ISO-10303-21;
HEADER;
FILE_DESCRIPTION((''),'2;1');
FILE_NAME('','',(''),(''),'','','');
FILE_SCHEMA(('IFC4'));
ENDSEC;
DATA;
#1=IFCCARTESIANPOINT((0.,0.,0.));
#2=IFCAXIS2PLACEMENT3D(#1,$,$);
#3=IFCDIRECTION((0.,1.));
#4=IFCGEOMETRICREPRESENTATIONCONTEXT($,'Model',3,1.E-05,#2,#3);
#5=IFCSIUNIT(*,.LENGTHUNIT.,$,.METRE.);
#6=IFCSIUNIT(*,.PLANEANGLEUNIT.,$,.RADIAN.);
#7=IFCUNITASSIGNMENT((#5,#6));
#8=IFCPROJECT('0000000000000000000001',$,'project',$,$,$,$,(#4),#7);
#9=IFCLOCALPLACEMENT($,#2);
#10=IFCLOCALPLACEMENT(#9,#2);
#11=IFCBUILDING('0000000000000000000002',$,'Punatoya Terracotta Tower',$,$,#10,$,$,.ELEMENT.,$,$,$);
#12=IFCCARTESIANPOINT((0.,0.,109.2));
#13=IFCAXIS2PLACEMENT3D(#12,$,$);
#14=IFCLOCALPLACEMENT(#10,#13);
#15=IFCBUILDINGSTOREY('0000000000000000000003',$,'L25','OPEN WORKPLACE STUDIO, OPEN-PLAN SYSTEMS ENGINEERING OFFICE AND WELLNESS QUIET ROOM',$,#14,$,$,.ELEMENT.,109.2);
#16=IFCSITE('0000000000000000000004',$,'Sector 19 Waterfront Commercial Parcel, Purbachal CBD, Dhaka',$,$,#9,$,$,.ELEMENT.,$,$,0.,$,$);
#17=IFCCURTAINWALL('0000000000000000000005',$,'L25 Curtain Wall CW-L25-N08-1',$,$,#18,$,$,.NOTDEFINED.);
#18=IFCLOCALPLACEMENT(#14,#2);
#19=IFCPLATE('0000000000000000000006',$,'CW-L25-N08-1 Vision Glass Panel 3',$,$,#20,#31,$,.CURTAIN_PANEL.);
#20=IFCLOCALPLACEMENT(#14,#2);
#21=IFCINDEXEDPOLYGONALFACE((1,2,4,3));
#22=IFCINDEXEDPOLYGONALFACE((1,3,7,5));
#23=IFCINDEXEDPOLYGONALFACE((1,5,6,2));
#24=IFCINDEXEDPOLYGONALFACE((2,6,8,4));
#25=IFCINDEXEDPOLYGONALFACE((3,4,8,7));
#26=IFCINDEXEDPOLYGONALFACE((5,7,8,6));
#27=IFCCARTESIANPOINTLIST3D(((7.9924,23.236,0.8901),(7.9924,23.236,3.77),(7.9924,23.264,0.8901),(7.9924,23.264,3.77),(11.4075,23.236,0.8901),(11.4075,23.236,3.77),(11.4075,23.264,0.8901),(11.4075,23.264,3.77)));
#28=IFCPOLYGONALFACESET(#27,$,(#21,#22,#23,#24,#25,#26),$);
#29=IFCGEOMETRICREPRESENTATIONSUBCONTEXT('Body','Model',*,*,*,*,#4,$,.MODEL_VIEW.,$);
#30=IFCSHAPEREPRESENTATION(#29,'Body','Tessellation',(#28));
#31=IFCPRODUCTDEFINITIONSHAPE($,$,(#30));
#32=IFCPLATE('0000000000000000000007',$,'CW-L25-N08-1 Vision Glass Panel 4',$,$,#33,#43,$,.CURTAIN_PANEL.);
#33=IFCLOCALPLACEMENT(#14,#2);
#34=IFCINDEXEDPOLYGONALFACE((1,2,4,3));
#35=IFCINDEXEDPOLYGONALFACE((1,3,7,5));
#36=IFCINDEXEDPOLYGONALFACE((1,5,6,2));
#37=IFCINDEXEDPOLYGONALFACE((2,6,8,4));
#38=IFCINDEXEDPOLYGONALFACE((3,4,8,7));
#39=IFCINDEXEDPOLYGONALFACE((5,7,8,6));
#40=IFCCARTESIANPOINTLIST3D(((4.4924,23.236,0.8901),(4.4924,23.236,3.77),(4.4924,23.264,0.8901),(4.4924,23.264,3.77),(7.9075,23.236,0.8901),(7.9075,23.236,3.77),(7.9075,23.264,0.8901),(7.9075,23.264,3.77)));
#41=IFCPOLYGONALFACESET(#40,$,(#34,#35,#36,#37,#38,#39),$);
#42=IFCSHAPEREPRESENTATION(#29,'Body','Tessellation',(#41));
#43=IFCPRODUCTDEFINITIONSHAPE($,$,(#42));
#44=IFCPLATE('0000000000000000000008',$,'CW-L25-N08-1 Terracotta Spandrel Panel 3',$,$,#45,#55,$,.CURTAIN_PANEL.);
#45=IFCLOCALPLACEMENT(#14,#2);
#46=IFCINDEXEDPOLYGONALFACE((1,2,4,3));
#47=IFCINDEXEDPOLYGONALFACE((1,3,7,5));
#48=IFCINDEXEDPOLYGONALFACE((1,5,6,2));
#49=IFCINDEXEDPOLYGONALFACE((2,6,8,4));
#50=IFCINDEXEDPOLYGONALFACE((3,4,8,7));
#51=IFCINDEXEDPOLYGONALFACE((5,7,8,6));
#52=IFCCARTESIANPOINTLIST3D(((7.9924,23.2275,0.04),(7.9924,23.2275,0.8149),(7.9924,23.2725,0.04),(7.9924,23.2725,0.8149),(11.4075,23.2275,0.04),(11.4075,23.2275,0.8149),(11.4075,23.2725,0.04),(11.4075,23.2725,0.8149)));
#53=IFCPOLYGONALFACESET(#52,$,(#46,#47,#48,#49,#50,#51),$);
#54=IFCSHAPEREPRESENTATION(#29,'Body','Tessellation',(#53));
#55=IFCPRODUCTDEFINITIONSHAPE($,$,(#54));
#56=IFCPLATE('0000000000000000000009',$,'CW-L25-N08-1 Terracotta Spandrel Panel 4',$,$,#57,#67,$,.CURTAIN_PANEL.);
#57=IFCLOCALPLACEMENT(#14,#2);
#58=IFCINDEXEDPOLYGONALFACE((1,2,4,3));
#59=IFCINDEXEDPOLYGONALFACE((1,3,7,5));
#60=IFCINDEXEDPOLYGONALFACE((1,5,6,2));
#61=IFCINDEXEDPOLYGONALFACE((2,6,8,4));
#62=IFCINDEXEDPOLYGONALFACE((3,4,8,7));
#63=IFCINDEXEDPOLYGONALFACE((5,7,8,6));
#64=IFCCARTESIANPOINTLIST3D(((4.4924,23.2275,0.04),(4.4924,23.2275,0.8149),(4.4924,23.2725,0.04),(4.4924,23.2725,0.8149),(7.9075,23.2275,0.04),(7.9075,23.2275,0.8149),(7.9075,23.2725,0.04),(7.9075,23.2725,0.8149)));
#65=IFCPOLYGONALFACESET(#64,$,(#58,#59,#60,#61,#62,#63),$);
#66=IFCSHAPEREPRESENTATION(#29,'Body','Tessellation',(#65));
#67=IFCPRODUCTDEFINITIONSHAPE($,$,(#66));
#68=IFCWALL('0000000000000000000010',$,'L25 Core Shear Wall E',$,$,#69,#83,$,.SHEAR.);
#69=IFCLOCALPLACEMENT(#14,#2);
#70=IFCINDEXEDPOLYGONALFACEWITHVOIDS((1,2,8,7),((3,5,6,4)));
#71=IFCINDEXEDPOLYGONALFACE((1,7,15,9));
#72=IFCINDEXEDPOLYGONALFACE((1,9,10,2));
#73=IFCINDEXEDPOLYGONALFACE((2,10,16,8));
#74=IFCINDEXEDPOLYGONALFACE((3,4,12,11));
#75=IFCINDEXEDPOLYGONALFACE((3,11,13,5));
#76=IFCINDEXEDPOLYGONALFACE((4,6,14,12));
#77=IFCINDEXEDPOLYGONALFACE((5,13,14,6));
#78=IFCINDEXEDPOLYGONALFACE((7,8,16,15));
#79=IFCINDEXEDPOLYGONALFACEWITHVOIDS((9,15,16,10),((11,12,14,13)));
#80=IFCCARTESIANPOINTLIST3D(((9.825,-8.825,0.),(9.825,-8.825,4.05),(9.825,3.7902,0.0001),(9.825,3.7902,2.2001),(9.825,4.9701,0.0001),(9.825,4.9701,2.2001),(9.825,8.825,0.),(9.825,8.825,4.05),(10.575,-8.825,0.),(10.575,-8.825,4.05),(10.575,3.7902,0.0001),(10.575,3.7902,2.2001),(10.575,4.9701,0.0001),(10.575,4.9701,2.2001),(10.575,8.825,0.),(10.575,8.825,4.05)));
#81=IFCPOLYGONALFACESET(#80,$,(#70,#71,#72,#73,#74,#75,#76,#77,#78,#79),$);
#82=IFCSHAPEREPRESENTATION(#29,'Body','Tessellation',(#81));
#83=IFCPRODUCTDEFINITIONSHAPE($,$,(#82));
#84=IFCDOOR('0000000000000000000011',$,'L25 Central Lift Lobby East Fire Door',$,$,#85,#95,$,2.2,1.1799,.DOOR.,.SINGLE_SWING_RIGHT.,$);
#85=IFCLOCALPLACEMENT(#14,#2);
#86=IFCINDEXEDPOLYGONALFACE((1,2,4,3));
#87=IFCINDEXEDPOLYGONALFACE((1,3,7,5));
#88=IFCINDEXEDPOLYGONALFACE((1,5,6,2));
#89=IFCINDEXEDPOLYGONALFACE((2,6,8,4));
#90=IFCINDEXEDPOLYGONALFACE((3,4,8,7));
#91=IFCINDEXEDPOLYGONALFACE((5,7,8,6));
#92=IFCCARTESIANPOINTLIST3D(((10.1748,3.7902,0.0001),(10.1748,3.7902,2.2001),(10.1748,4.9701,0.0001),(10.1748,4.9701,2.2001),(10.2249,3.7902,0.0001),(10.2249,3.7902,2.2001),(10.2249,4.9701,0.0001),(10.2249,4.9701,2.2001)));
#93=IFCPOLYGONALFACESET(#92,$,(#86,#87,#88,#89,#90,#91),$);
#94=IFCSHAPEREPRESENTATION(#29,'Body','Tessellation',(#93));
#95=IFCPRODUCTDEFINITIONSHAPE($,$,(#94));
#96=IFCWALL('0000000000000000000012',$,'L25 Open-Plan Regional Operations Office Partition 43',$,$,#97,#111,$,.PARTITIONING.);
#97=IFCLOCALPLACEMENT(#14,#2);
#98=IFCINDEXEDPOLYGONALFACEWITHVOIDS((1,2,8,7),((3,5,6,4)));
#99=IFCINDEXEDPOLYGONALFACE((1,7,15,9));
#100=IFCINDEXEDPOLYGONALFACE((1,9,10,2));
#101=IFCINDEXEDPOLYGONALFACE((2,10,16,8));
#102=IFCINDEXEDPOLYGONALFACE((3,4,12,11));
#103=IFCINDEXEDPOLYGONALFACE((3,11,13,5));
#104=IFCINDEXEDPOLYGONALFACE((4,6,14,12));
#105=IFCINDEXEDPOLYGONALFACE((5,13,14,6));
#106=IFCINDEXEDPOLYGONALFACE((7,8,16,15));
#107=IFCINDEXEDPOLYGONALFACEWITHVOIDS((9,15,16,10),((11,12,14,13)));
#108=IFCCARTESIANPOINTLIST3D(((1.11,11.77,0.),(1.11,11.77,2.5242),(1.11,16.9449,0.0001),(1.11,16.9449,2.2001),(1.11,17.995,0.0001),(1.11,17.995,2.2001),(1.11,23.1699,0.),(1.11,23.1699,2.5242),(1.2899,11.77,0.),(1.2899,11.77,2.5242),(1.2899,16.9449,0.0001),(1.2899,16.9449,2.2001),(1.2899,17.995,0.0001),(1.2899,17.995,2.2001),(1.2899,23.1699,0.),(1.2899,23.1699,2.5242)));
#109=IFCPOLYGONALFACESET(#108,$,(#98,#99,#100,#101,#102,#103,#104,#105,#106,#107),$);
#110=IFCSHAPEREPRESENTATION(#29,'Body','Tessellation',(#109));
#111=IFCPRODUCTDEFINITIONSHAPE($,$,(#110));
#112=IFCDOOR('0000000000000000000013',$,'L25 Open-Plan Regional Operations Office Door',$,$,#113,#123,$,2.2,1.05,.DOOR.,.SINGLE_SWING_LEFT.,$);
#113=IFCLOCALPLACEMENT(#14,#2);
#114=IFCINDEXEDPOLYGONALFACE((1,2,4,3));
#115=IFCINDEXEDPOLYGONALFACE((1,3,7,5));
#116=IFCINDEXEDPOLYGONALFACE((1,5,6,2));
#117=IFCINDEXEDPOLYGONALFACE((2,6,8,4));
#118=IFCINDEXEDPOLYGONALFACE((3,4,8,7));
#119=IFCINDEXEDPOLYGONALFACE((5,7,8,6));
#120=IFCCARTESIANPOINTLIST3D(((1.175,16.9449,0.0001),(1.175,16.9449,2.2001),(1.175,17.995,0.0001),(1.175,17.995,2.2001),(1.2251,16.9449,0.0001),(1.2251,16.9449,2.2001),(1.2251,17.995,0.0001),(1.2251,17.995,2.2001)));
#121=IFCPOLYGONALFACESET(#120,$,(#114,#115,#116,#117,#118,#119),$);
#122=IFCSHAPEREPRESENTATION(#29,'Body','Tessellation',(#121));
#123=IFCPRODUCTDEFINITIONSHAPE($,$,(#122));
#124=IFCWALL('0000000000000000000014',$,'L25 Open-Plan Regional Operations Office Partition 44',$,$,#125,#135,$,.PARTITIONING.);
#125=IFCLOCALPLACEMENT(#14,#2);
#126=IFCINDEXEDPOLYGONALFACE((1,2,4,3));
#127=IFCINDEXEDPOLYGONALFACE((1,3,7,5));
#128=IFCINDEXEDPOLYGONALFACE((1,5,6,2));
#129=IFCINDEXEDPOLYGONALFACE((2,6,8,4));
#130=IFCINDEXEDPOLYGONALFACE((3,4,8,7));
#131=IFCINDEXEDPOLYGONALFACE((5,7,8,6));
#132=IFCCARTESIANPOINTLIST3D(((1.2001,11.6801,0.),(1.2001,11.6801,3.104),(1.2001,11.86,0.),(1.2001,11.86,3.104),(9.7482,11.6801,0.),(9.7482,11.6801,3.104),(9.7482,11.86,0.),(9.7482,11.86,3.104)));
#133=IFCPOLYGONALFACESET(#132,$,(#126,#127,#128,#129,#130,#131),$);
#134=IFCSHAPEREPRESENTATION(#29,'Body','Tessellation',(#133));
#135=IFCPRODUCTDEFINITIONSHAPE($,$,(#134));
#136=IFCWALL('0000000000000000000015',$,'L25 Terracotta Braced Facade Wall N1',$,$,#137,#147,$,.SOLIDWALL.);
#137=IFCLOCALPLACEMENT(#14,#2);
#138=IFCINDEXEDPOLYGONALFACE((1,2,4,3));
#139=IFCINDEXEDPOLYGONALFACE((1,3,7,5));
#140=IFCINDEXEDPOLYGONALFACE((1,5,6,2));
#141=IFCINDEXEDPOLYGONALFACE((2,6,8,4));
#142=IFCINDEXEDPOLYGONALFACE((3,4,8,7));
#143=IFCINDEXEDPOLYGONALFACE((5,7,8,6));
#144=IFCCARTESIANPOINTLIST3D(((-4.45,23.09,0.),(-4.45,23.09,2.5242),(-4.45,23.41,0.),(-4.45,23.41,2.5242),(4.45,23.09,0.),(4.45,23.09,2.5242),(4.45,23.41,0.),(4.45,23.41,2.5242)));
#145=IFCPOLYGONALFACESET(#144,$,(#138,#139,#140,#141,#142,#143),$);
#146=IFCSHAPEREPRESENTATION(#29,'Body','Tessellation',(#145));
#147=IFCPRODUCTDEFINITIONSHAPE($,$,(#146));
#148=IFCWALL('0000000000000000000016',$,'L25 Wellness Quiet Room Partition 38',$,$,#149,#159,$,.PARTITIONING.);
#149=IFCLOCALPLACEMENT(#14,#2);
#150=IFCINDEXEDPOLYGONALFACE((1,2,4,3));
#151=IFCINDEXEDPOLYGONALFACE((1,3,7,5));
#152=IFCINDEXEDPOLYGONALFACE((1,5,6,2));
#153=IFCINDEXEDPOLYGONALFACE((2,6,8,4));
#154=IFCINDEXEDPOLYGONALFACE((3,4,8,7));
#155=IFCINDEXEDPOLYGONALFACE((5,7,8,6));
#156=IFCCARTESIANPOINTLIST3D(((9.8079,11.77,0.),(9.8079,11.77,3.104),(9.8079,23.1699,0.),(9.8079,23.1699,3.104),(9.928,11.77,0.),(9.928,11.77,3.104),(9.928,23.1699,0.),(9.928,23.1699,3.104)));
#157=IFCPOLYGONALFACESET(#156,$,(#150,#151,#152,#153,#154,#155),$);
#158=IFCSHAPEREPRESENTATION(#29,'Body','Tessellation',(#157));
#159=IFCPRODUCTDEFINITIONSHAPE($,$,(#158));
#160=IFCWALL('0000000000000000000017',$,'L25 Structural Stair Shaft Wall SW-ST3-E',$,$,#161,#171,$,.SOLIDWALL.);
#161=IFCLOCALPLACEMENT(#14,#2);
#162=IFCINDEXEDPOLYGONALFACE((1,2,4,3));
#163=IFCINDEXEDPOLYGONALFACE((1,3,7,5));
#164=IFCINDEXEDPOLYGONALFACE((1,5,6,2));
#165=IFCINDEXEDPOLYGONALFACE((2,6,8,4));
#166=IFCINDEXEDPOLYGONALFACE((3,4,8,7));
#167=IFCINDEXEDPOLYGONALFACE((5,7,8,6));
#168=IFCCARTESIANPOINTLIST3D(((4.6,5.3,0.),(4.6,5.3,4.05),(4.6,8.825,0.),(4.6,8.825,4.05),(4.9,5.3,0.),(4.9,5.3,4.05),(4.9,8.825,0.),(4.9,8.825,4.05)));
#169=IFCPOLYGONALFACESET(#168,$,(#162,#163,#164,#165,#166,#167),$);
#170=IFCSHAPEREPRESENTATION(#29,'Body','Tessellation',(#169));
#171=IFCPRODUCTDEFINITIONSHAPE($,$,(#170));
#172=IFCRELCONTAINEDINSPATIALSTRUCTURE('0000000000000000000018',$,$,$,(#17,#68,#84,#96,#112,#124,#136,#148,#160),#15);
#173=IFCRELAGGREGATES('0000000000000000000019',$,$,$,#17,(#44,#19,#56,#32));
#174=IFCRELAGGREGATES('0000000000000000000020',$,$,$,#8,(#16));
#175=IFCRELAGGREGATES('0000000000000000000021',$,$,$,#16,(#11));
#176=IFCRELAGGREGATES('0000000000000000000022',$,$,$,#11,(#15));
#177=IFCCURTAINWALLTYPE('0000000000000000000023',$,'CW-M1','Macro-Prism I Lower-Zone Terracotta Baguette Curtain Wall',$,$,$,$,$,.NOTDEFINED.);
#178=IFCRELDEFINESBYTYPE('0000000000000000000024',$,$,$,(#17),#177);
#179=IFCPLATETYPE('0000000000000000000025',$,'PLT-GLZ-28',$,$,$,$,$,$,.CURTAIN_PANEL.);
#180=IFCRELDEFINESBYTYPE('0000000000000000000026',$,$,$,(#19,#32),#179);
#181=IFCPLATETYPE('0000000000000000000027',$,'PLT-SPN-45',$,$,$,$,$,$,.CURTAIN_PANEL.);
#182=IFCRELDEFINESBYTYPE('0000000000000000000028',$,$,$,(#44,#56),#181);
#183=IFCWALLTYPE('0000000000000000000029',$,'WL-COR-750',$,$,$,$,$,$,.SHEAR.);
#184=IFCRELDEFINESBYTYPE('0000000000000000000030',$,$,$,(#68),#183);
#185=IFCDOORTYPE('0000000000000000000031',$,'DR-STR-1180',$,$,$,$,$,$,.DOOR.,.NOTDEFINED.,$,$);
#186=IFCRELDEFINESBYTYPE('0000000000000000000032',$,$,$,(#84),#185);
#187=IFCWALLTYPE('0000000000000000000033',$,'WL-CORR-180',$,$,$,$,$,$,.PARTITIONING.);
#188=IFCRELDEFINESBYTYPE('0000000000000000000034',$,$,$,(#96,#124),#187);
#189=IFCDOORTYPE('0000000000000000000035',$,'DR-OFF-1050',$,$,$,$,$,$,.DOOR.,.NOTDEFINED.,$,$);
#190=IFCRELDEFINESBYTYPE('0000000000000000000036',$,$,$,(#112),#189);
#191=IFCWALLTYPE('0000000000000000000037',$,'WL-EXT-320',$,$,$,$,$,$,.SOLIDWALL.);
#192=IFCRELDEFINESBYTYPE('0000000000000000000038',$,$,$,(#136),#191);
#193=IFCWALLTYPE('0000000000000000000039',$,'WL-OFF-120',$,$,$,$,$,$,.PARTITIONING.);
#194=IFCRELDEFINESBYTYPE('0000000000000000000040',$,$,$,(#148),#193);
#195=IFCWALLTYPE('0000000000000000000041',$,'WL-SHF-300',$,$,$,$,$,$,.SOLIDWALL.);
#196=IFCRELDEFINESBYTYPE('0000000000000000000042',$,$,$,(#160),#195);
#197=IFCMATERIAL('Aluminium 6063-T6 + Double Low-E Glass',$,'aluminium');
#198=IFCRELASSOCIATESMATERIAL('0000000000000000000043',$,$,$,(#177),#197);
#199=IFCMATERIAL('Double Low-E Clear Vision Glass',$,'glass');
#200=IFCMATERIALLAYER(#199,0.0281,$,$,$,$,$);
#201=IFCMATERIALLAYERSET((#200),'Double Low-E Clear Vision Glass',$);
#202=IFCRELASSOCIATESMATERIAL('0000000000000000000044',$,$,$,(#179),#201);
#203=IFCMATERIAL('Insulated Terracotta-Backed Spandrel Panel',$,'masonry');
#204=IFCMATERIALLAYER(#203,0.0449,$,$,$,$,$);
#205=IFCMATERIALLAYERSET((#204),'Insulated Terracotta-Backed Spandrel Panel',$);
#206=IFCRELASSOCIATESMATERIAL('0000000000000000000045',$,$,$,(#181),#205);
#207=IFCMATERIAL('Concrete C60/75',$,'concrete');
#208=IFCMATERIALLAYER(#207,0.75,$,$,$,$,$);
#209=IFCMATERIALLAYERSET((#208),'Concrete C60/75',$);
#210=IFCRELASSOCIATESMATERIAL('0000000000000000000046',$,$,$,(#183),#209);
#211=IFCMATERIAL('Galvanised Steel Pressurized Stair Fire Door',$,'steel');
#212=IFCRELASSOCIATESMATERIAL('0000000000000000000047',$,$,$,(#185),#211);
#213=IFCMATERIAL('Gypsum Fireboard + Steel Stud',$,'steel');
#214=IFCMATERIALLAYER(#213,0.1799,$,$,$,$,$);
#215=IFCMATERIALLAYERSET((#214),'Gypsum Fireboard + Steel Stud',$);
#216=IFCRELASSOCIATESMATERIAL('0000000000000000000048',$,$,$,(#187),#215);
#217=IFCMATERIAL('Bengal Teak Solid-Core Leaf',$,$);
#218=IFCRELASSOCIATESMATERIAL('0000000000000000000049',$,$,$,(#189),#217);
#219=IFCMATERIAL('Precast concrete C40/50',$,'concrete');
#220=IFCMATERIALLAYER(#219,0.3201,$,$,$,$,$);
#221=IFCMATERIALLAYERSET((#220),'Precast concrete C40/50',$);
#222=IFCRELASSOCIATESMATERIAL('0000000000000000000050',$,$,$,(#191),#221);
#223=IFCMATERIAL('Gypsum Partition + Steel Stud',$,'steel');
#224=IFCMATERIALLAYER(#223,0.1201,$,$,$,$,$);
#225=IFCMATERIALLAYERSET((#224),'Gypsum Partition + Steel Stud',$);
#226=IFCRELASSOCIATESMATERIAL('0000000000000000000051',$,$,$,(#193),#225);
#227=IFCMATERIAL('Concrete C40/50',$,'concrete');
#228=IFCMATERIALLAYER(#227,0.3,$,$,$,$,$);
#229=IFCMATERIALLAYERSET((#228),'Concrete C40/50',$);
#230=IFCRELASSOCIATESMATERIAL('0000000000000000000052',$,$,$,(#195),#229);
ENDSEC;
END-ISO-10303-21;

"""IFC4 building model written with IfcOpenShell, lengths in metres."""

from ifc_helpers import new_model, si_unit, direction, frame, frame_2d, origin, origin_2d, place, context, subcontext, project, spatial, rectangle, extrude, material, layer, layer_set, type_object, element, fill, aggregate, save


model = new_model("IFC4")

# Units and contexts
model_context = context("Model", 3, precision=1e-05, world=origin(), true_north=direction((0.0, 1.0)))
body_context = subcontext(model_context, "Body", "Model", "MODEL_VIEW")
ifc_project = project(units=[si_unit("LENGTHUNIT", "METRE"), si_unit("PLANEANGLEUNIT", "RADIAN")], contexts=[model_context])

# Site, building, storey
site_placement = place(None, origin())
site = spatial("IfcSite", under=ifc_project, at=site_placement, Name="Sector 19 Waterfront Commercial Parcel, Purbachal CBD, Dhaka", CompositionType="ELEMENT", RefElevation=0.0)
building_placement = place(site_placement, origin())
building = spatial("IfcBuilding", under=site, at=building_placement, Name="Punatoya Terracotta Tower", CompositionType="ELEMENT")
storey_placement = place(building_placement, frame((0.0, 0.0, 109.2)))
storey = spatial("IfcBuildingStorey", under=building, at=storey_placement, Name="L25", Description="OPEN WORKPLACE STUDIO, OPEN-PLAN SYSTEMS ENGINEERING OFFICE AND WELLNESS QUIET ROOM", CompositionType="ELEMENT", Elevation=109.2)

# Curtain wall
ifc_material_1 = material(Name="Aluminium 6063-T6 + Double Low-E Glass", Category="aluminium")
curtain_wall_type = type_object("IfcCurtainWallType", Name="CW-M1", Description="Macro-Prism I Lower-Zone Terracotta Baguette Curtain Wall", PredefinedType="NOTDEFINED", material=ifc_material_1)
curtain_wall_placement = place(storey_placement, origin())
curtain_wall = element("IfcCurtainWall", 1, at=curtain_wall_placement, inside=storey, type_object=curtain_wall_type, Name="L25 Curtain Wall CW-L25-N08-1", PredefinedType="NOTDEFINED")

# Plates
ifc_material_2 = material(Name="Double Low-E Clear Vision Glass", Category="glass")
ifc_layer_1 = layer(ifc_material_2, 0.0281)
ifc_layer_set_1 = layer_set([ifc_layer_1], Name="Double Low-E Clear Vision Glass")
plate_type_1 = type_object("IfcPlateType", Name="PLT-GLZ-28", PredefinedType="CURTAIN_PANEL", material=ifc_layer_set_1)
plate_1_placement = place(storey_placement, frame((9.7, 23.25, 0.8901), z_axis=(0.0, 0.0, 1.0), x_axis=(-1.0, 0.0, 0.0)))
plate_1 = element("IfcPlate", 2, at=plate_1_placement, type_object=plate_type_1, Name="CW-L25-N08-1 Vision Glass Panel 3", PredefinedType="CURTAIN_PANEL", context=body_context, shape_type="SweptSolid", body=[
    extrude(rectangle(XDim=3.415, YDim=0.0281, at=origin_2d()), origin(), (0.0, 0.0, 1.0), 2.8799),
])
plate_2_placement = place(storey_placement, frame((6.2, 23.25, 0.8901), z_axis=(0.0, 0.0, 1.0), x_axis=(-1.0, 0.0, 0.0)))
plate_2 = element("IfcPlate", 3, at=plate_2_placement, type_object=plate_type_1, Name="CW-L25-N08-1 Vision Glass Panel 4", PredefinedType="CURTAIN_PANEL", context=body_context, shape_type="SweptSolid", body=[
    extrude(rectangle(XDim=3.415, YDim=0.0281, at=origin_2d()), origin(), (0.0, 0.0, 1.0), 2.8799),
])
ifc_material_3 = material(Name="Insulated Terracotta-Backed Spandrel Panel", Category="masonry")
ifc_layer_2 = layer(ifc_material_3, 0.0449)
ifc_layer_set_2 = layer_set([ifc_layer_2], Name="Insulated Terracotta-Backed Spandrel Panel")
plate_type_2 = type_object("IfcPlateType", Name="PLT-SPN-45", PredefinedType="CURTAIN_PANEL", material=ifc_layer_set_2)
plate_3_placement = place(storey_placement, frame((9.7, 23.25, 0.04), z_axis=(0.0, 0.0, 1.0), x_axis=(-1.0, 0.0, 0.0)))
plate_3 = element("IfcPlate", 4, at=plate_3_placement, type_object=plate_type_2, Name="CW-L25-N08-1 Terracotta Spandrel Panel 3", PredefinedType="CURTAIN_PANEL", context=body_context, shape_type="SweptSolid", body=[
    extrude(rectangle(XDim=3.415, YDim=0.0449, at=origin_2d()), origin(), (0.0, 0.0, 1.0), 0.7749),
])
plate_4_placement = place(storey_placement, frame((6.2, 23.25, 0.04), z_axis=(0.0, 0.0, 1.0), x_axis=(-1.0, 0.0, 0.0)))
plate_4 = element("IfcPlate", 5, at=plate_4_placement, type_object=plate_type_2, Name="CW-L25-N08-1 Terracotta Spandrel Panel 4", PredefinedType="CURTAIN_PANEL", context=body_context, shape_type="SweptSolid", body=[
    extrude(rectangle(XDim=3.415, YDim=0.0449, at=origin_2d()), origin(), (0.0, 0.0, 1.0), 0.7749),
])
aggregate(curtain_wall, [plate_3, plate_1, plate_4, plate_2])

# Walls, openings, doors
ifc_material_4 = material(Name="Concrete C60/75", Category="concrete")
ifc_layer_3 = layer(ifc_material_4, 0.75)
ifc_layer_set_3 = layer_set([ifc_layer_3], Name="Concrete C60/75")
wall_type_1 = type_object("IfcWallType", Name="WL-COR-750", PredefinedType="SHEAR", material=ifc_layer_set_3)
wall_1_placement = place(storey_placement, frame((10.2, 8.825, 0.0), z_axis=(0.0, 0.0, 1.0), x_axis=(0.0, -1.0, 0.0)))
wall_1 = element("IfcWall", 6, at=wall_1_placement, inside=storey, type_object=wall_type_1, Name="L25 Core Shear Wall E", PredefinedType="SHEAR", context=body_context, shape_type="SweptSolid", body=[
    extrude(rectangle(XDim=17.6499, YDim=0.75, at=frame_2d((8.825, 0.0))), origin(), (0.0, 0.0, 1.0), 4.05),
])
opening_1_placement = place(wall_1_placement, frame((3.855, 0.0, 0.0)))
opening_1 = element("IfcOpeningElement", 7, at=opening_1_placement, cuts=wall_1, PredefinedType="OPENING", context=body_context, shape_type="SweptSolid", body=[
    extrude(rectangle(XDim=1.1799, YDim=2.2, at=frame_2d((0.5898, 1.1001))), frame((0.0, 0.385, 0.0), z_axis=(0.0, -1.0, 0.0), x_axis=(1.0, 0.0, 0.0)), (0.0, 0.0, 1.0), 0.77),
])
ifc_material_5 = material(Name="Galvanised Steel Pressurized Stair Fire Door", Category="steel")
door_type_1 = type_object("IfcDoorType", Name="DR-STR-1180", OperationType="NOTDEFINED", PredefinedType="DOOR", material=ifc_material_5)
door_1_placement = place(opening_1_placement, origin())
door_1 = element("IfcDoor", 8, at=door_1_placement, inside=storey, type_object=door_type_1, Name="L25 Central Lift Lobby East Fire Door", OperationType="SINGLE_SWING_RIGHT", OverallHeight=2.2, OverallWidth=1.1799, PredefinedType="DOOR", context=body_context, shape_type="SweptSolid", body=[
    extrude(rectangle(XDim=1.1799, YDim=2.2, at=frame_2d((0.5898, 1.1001))), frame((0.0, 0.0249, 0.0), z_axis=(0.0, -1.0, 0.0), x_axis=(1.0, 0.0, 0.0)), (0.0, 0.0, 1.0), 0.05),
])
fill(opening_1, door_1)
ifc_material_6 = material(Name="Gypsum Fireboard + Steel Stud", Category="steel")
ifc_layer_4 = layer(ifc_material_6, 0.1799)
ifc_layer_set_4 = layer_set([ifc_layer_4], Name="Gypsum Fireboard + Steel Stud")
wall_type_2 = type_object("IfcWallType", Name="WL-CORR-180", PredefinedType="PARTITIONING", material=ifc_layer_set_4)
wall_2_placement = place(storey_placement, frame((1.2, 11.77, 0.0), z_axis=(0.0, 0.0, 1.0), x_axis=(0.0, 1.0, 0.0)))
wall_2 = element("IfcWall", 9, at=wall_2_placement, inside=storey, type_object=wall_type_2, Name="L25 Open-Plan Regional Operations Office Partition 43", PredefinedType="PARTITIONING", context=body_context, shape_type="SweptSolid", body=[
    extrude(rectangle(XDim=11.3999, YDim=0.1799, at=frame_2d((5.7, 0.0))), origin(), (0.0, 0.0, 1.0), 2.5242),
])
opening_2_placement = place(wall_2_placement, frame((5.175, 0.0, 0.0)))
opening_2 = element("IfcOpeningElement", 10, at=opening_2_placement, cuts=wall_2, PredefinedType="OPENING", context=body_context, shape_type="SweptSolid", body=[
    extrude(rectangle(XDim=1.05, YDim=2.2, at=frame_2d((0.5249, 1.1001))), frame((0.0, 0.0999, 0.0), z_axis=(0.0, -1.0, 0.0), x_axis=(1.0, 0.0, 0.0)), (0.0, 0.0, 1.0), 0.2),
])
ifc_material_7 = material(Name="Bengal Teak Solid-Core Leaf")
door_type_2 = type_object("IfcDoorType", Name="DR-OFF-1050", OperationType="NOTDEFINED", PredefinedType="DOOR", material=ifc_material_7)
door_2_placement = place(opening_2_placement, origin())
door_2 = element("IfcDoor", 11, at=door_2_placement, inside=storey, type_object=door_type_2, Name="L25 Open-Plan Regional Operations Office Door", OperationType="SINGLE_SWING_LEFT", OverallHeight=2.2, OverallWidth=1.05, PredefinedType="DOOR", context=body_context, shape_type="SweptSolid", body=[
    extrude(rectangle(XDim=1.05, YDim=2.2, at=frame_2d((0.5249, 1.1001))), frame((0.0, 0.0249, 0.0), z_axis=(0.0, -1.0, 0.0), x_axis=(1.0, 0.0, 0.0)), (0.0, 0.0, 1.0), 0.05),
])
fill(opening_2, door_2)

# Walls
wall_3_placement = place(storey_placement, frame((9.748, 11.77, 0.0), z_axis=(0.0, 0.0, 1.0), x_axis=(-1.0, 0.0, 0.0)))
element("IfcWall", 12, at=wall_3_placement, inside=storey, type_object=wall_type_2, Name="L25 Open-Plan Regional Operations Office Partition 44", PredefinedType="PARTITIONING", context=body_context, shape_type="SweptSolid", body=[
    extrude(rectangle(XDim=8.5481, YDim=0.1799, at=frame_2d((4.2739, 0.0))), origin(), (0.0, 0.0, 1.0), 3.104),
])
ifc_material_8 = material(Name="Precast concrete C40/50", Category="concrete")
ifc_layer_5 = layer(ifc_material_8, 0.3201)
ifc_layer_set_5 = layer_set([ifc_layer_5], Name="Precast concrete C40/50")
wall_type_3 = type_object("IfcWallType", Name="WL-EXT-320", PredefinedType="SOLIDWALL", material=ifc_layer_set_5)
wall_4_placement = place(storey_placement, frame((4.45, 23.25, 0.0), z_axis=(0.0, 0.0, 1.0), x_axis=(-1.0, 0.0, 0.0)))
element("IfcWall", 13, at=wall_4_placement, inside=storey, type_object=wall_type_3, Name="L25 Terracotta Braced Facade Wall N1", PredefinedType="SOLIDWALL", context=body_context, shape_type="SweptSolid", body=[
    extrude(rectangle(XDim=8.8999, YDim=0.3201, at=frame_2d((4.45, 0.0))), origin(), (0.0, 0.0, 1.0), 2.5242),
])
ifc_material_9 = material(Name="Gypsum Partition + Steel Stud", Category="steel")
ifc_layer_6 = layer(ifc_material_9, 0.1201)
ifc_layer_set_6 = layer_set([ifc_layer_6], Name="Gypsum Partition + Steel Stud")
wall_type_4 = type_object("IfcWallType", Name="WL-OFF-120", PredefinedType="PARTITIONING", material=ifc_layer_set_6)
wall_5_placement = place(storey_placement, frame((9.8679, 11.77, 0.0), z_axis=(0.0, 0.0, 1.0), x_axis=(0.0, 1.0, 0.0)))
element("IfcWall", 14, at=wall_5_placement, inside=storey, type_object=wall_type_4, Name="L25 Wellness Quiet Room Partition 38", PredefinedType="PARTITIONING", context=body_context, shape_type="SweptSolid", body=[
    extrude(rectangle(XDim=11.3999, YDim=0.1201, at=frame_2d((5.7, 0.0))), origin(), (0.0, 0.0, 1.0), 3.104),
])
ifc_material_10 = material(Name="Concrete C40/50", Category="concrete")
ifc_layer_7 = layer(ifc_material_10, 0.3)
ifc_layer_set_7 = layer_set([ifc_layer_7], Name="Concrete C40/50")
wall_type_5 = type_object("IfcWallType", Name="WL-SHF-300", PredefinedType="SOLIDWALL", material=ifc_layer_set_7)
wall_6_placement = place(storey_placement, frame((4.75, 8.825, 0.0), z_axis=(0.0, 0.0, 1.0), x_axis=(0.0, -1.0, 0.0)))
element("IfcWall", 15, at=wall_6_placement, inside=storey, type_object=wall_type_5, Name="L25 Structural Stair Shaft Wall SW-ST3-E", PredefinedType="SOLIDWALL", context=body_context, shape_type="SweptSolid", body=[
    extrude(rectangle(XDim=3.5249, YDim=0.3, at=frame_2d((1.7625, 0.0))), origin(), (0.0, 0.0, 1.0), 4.05),
])

save(model, "model.ifc")
